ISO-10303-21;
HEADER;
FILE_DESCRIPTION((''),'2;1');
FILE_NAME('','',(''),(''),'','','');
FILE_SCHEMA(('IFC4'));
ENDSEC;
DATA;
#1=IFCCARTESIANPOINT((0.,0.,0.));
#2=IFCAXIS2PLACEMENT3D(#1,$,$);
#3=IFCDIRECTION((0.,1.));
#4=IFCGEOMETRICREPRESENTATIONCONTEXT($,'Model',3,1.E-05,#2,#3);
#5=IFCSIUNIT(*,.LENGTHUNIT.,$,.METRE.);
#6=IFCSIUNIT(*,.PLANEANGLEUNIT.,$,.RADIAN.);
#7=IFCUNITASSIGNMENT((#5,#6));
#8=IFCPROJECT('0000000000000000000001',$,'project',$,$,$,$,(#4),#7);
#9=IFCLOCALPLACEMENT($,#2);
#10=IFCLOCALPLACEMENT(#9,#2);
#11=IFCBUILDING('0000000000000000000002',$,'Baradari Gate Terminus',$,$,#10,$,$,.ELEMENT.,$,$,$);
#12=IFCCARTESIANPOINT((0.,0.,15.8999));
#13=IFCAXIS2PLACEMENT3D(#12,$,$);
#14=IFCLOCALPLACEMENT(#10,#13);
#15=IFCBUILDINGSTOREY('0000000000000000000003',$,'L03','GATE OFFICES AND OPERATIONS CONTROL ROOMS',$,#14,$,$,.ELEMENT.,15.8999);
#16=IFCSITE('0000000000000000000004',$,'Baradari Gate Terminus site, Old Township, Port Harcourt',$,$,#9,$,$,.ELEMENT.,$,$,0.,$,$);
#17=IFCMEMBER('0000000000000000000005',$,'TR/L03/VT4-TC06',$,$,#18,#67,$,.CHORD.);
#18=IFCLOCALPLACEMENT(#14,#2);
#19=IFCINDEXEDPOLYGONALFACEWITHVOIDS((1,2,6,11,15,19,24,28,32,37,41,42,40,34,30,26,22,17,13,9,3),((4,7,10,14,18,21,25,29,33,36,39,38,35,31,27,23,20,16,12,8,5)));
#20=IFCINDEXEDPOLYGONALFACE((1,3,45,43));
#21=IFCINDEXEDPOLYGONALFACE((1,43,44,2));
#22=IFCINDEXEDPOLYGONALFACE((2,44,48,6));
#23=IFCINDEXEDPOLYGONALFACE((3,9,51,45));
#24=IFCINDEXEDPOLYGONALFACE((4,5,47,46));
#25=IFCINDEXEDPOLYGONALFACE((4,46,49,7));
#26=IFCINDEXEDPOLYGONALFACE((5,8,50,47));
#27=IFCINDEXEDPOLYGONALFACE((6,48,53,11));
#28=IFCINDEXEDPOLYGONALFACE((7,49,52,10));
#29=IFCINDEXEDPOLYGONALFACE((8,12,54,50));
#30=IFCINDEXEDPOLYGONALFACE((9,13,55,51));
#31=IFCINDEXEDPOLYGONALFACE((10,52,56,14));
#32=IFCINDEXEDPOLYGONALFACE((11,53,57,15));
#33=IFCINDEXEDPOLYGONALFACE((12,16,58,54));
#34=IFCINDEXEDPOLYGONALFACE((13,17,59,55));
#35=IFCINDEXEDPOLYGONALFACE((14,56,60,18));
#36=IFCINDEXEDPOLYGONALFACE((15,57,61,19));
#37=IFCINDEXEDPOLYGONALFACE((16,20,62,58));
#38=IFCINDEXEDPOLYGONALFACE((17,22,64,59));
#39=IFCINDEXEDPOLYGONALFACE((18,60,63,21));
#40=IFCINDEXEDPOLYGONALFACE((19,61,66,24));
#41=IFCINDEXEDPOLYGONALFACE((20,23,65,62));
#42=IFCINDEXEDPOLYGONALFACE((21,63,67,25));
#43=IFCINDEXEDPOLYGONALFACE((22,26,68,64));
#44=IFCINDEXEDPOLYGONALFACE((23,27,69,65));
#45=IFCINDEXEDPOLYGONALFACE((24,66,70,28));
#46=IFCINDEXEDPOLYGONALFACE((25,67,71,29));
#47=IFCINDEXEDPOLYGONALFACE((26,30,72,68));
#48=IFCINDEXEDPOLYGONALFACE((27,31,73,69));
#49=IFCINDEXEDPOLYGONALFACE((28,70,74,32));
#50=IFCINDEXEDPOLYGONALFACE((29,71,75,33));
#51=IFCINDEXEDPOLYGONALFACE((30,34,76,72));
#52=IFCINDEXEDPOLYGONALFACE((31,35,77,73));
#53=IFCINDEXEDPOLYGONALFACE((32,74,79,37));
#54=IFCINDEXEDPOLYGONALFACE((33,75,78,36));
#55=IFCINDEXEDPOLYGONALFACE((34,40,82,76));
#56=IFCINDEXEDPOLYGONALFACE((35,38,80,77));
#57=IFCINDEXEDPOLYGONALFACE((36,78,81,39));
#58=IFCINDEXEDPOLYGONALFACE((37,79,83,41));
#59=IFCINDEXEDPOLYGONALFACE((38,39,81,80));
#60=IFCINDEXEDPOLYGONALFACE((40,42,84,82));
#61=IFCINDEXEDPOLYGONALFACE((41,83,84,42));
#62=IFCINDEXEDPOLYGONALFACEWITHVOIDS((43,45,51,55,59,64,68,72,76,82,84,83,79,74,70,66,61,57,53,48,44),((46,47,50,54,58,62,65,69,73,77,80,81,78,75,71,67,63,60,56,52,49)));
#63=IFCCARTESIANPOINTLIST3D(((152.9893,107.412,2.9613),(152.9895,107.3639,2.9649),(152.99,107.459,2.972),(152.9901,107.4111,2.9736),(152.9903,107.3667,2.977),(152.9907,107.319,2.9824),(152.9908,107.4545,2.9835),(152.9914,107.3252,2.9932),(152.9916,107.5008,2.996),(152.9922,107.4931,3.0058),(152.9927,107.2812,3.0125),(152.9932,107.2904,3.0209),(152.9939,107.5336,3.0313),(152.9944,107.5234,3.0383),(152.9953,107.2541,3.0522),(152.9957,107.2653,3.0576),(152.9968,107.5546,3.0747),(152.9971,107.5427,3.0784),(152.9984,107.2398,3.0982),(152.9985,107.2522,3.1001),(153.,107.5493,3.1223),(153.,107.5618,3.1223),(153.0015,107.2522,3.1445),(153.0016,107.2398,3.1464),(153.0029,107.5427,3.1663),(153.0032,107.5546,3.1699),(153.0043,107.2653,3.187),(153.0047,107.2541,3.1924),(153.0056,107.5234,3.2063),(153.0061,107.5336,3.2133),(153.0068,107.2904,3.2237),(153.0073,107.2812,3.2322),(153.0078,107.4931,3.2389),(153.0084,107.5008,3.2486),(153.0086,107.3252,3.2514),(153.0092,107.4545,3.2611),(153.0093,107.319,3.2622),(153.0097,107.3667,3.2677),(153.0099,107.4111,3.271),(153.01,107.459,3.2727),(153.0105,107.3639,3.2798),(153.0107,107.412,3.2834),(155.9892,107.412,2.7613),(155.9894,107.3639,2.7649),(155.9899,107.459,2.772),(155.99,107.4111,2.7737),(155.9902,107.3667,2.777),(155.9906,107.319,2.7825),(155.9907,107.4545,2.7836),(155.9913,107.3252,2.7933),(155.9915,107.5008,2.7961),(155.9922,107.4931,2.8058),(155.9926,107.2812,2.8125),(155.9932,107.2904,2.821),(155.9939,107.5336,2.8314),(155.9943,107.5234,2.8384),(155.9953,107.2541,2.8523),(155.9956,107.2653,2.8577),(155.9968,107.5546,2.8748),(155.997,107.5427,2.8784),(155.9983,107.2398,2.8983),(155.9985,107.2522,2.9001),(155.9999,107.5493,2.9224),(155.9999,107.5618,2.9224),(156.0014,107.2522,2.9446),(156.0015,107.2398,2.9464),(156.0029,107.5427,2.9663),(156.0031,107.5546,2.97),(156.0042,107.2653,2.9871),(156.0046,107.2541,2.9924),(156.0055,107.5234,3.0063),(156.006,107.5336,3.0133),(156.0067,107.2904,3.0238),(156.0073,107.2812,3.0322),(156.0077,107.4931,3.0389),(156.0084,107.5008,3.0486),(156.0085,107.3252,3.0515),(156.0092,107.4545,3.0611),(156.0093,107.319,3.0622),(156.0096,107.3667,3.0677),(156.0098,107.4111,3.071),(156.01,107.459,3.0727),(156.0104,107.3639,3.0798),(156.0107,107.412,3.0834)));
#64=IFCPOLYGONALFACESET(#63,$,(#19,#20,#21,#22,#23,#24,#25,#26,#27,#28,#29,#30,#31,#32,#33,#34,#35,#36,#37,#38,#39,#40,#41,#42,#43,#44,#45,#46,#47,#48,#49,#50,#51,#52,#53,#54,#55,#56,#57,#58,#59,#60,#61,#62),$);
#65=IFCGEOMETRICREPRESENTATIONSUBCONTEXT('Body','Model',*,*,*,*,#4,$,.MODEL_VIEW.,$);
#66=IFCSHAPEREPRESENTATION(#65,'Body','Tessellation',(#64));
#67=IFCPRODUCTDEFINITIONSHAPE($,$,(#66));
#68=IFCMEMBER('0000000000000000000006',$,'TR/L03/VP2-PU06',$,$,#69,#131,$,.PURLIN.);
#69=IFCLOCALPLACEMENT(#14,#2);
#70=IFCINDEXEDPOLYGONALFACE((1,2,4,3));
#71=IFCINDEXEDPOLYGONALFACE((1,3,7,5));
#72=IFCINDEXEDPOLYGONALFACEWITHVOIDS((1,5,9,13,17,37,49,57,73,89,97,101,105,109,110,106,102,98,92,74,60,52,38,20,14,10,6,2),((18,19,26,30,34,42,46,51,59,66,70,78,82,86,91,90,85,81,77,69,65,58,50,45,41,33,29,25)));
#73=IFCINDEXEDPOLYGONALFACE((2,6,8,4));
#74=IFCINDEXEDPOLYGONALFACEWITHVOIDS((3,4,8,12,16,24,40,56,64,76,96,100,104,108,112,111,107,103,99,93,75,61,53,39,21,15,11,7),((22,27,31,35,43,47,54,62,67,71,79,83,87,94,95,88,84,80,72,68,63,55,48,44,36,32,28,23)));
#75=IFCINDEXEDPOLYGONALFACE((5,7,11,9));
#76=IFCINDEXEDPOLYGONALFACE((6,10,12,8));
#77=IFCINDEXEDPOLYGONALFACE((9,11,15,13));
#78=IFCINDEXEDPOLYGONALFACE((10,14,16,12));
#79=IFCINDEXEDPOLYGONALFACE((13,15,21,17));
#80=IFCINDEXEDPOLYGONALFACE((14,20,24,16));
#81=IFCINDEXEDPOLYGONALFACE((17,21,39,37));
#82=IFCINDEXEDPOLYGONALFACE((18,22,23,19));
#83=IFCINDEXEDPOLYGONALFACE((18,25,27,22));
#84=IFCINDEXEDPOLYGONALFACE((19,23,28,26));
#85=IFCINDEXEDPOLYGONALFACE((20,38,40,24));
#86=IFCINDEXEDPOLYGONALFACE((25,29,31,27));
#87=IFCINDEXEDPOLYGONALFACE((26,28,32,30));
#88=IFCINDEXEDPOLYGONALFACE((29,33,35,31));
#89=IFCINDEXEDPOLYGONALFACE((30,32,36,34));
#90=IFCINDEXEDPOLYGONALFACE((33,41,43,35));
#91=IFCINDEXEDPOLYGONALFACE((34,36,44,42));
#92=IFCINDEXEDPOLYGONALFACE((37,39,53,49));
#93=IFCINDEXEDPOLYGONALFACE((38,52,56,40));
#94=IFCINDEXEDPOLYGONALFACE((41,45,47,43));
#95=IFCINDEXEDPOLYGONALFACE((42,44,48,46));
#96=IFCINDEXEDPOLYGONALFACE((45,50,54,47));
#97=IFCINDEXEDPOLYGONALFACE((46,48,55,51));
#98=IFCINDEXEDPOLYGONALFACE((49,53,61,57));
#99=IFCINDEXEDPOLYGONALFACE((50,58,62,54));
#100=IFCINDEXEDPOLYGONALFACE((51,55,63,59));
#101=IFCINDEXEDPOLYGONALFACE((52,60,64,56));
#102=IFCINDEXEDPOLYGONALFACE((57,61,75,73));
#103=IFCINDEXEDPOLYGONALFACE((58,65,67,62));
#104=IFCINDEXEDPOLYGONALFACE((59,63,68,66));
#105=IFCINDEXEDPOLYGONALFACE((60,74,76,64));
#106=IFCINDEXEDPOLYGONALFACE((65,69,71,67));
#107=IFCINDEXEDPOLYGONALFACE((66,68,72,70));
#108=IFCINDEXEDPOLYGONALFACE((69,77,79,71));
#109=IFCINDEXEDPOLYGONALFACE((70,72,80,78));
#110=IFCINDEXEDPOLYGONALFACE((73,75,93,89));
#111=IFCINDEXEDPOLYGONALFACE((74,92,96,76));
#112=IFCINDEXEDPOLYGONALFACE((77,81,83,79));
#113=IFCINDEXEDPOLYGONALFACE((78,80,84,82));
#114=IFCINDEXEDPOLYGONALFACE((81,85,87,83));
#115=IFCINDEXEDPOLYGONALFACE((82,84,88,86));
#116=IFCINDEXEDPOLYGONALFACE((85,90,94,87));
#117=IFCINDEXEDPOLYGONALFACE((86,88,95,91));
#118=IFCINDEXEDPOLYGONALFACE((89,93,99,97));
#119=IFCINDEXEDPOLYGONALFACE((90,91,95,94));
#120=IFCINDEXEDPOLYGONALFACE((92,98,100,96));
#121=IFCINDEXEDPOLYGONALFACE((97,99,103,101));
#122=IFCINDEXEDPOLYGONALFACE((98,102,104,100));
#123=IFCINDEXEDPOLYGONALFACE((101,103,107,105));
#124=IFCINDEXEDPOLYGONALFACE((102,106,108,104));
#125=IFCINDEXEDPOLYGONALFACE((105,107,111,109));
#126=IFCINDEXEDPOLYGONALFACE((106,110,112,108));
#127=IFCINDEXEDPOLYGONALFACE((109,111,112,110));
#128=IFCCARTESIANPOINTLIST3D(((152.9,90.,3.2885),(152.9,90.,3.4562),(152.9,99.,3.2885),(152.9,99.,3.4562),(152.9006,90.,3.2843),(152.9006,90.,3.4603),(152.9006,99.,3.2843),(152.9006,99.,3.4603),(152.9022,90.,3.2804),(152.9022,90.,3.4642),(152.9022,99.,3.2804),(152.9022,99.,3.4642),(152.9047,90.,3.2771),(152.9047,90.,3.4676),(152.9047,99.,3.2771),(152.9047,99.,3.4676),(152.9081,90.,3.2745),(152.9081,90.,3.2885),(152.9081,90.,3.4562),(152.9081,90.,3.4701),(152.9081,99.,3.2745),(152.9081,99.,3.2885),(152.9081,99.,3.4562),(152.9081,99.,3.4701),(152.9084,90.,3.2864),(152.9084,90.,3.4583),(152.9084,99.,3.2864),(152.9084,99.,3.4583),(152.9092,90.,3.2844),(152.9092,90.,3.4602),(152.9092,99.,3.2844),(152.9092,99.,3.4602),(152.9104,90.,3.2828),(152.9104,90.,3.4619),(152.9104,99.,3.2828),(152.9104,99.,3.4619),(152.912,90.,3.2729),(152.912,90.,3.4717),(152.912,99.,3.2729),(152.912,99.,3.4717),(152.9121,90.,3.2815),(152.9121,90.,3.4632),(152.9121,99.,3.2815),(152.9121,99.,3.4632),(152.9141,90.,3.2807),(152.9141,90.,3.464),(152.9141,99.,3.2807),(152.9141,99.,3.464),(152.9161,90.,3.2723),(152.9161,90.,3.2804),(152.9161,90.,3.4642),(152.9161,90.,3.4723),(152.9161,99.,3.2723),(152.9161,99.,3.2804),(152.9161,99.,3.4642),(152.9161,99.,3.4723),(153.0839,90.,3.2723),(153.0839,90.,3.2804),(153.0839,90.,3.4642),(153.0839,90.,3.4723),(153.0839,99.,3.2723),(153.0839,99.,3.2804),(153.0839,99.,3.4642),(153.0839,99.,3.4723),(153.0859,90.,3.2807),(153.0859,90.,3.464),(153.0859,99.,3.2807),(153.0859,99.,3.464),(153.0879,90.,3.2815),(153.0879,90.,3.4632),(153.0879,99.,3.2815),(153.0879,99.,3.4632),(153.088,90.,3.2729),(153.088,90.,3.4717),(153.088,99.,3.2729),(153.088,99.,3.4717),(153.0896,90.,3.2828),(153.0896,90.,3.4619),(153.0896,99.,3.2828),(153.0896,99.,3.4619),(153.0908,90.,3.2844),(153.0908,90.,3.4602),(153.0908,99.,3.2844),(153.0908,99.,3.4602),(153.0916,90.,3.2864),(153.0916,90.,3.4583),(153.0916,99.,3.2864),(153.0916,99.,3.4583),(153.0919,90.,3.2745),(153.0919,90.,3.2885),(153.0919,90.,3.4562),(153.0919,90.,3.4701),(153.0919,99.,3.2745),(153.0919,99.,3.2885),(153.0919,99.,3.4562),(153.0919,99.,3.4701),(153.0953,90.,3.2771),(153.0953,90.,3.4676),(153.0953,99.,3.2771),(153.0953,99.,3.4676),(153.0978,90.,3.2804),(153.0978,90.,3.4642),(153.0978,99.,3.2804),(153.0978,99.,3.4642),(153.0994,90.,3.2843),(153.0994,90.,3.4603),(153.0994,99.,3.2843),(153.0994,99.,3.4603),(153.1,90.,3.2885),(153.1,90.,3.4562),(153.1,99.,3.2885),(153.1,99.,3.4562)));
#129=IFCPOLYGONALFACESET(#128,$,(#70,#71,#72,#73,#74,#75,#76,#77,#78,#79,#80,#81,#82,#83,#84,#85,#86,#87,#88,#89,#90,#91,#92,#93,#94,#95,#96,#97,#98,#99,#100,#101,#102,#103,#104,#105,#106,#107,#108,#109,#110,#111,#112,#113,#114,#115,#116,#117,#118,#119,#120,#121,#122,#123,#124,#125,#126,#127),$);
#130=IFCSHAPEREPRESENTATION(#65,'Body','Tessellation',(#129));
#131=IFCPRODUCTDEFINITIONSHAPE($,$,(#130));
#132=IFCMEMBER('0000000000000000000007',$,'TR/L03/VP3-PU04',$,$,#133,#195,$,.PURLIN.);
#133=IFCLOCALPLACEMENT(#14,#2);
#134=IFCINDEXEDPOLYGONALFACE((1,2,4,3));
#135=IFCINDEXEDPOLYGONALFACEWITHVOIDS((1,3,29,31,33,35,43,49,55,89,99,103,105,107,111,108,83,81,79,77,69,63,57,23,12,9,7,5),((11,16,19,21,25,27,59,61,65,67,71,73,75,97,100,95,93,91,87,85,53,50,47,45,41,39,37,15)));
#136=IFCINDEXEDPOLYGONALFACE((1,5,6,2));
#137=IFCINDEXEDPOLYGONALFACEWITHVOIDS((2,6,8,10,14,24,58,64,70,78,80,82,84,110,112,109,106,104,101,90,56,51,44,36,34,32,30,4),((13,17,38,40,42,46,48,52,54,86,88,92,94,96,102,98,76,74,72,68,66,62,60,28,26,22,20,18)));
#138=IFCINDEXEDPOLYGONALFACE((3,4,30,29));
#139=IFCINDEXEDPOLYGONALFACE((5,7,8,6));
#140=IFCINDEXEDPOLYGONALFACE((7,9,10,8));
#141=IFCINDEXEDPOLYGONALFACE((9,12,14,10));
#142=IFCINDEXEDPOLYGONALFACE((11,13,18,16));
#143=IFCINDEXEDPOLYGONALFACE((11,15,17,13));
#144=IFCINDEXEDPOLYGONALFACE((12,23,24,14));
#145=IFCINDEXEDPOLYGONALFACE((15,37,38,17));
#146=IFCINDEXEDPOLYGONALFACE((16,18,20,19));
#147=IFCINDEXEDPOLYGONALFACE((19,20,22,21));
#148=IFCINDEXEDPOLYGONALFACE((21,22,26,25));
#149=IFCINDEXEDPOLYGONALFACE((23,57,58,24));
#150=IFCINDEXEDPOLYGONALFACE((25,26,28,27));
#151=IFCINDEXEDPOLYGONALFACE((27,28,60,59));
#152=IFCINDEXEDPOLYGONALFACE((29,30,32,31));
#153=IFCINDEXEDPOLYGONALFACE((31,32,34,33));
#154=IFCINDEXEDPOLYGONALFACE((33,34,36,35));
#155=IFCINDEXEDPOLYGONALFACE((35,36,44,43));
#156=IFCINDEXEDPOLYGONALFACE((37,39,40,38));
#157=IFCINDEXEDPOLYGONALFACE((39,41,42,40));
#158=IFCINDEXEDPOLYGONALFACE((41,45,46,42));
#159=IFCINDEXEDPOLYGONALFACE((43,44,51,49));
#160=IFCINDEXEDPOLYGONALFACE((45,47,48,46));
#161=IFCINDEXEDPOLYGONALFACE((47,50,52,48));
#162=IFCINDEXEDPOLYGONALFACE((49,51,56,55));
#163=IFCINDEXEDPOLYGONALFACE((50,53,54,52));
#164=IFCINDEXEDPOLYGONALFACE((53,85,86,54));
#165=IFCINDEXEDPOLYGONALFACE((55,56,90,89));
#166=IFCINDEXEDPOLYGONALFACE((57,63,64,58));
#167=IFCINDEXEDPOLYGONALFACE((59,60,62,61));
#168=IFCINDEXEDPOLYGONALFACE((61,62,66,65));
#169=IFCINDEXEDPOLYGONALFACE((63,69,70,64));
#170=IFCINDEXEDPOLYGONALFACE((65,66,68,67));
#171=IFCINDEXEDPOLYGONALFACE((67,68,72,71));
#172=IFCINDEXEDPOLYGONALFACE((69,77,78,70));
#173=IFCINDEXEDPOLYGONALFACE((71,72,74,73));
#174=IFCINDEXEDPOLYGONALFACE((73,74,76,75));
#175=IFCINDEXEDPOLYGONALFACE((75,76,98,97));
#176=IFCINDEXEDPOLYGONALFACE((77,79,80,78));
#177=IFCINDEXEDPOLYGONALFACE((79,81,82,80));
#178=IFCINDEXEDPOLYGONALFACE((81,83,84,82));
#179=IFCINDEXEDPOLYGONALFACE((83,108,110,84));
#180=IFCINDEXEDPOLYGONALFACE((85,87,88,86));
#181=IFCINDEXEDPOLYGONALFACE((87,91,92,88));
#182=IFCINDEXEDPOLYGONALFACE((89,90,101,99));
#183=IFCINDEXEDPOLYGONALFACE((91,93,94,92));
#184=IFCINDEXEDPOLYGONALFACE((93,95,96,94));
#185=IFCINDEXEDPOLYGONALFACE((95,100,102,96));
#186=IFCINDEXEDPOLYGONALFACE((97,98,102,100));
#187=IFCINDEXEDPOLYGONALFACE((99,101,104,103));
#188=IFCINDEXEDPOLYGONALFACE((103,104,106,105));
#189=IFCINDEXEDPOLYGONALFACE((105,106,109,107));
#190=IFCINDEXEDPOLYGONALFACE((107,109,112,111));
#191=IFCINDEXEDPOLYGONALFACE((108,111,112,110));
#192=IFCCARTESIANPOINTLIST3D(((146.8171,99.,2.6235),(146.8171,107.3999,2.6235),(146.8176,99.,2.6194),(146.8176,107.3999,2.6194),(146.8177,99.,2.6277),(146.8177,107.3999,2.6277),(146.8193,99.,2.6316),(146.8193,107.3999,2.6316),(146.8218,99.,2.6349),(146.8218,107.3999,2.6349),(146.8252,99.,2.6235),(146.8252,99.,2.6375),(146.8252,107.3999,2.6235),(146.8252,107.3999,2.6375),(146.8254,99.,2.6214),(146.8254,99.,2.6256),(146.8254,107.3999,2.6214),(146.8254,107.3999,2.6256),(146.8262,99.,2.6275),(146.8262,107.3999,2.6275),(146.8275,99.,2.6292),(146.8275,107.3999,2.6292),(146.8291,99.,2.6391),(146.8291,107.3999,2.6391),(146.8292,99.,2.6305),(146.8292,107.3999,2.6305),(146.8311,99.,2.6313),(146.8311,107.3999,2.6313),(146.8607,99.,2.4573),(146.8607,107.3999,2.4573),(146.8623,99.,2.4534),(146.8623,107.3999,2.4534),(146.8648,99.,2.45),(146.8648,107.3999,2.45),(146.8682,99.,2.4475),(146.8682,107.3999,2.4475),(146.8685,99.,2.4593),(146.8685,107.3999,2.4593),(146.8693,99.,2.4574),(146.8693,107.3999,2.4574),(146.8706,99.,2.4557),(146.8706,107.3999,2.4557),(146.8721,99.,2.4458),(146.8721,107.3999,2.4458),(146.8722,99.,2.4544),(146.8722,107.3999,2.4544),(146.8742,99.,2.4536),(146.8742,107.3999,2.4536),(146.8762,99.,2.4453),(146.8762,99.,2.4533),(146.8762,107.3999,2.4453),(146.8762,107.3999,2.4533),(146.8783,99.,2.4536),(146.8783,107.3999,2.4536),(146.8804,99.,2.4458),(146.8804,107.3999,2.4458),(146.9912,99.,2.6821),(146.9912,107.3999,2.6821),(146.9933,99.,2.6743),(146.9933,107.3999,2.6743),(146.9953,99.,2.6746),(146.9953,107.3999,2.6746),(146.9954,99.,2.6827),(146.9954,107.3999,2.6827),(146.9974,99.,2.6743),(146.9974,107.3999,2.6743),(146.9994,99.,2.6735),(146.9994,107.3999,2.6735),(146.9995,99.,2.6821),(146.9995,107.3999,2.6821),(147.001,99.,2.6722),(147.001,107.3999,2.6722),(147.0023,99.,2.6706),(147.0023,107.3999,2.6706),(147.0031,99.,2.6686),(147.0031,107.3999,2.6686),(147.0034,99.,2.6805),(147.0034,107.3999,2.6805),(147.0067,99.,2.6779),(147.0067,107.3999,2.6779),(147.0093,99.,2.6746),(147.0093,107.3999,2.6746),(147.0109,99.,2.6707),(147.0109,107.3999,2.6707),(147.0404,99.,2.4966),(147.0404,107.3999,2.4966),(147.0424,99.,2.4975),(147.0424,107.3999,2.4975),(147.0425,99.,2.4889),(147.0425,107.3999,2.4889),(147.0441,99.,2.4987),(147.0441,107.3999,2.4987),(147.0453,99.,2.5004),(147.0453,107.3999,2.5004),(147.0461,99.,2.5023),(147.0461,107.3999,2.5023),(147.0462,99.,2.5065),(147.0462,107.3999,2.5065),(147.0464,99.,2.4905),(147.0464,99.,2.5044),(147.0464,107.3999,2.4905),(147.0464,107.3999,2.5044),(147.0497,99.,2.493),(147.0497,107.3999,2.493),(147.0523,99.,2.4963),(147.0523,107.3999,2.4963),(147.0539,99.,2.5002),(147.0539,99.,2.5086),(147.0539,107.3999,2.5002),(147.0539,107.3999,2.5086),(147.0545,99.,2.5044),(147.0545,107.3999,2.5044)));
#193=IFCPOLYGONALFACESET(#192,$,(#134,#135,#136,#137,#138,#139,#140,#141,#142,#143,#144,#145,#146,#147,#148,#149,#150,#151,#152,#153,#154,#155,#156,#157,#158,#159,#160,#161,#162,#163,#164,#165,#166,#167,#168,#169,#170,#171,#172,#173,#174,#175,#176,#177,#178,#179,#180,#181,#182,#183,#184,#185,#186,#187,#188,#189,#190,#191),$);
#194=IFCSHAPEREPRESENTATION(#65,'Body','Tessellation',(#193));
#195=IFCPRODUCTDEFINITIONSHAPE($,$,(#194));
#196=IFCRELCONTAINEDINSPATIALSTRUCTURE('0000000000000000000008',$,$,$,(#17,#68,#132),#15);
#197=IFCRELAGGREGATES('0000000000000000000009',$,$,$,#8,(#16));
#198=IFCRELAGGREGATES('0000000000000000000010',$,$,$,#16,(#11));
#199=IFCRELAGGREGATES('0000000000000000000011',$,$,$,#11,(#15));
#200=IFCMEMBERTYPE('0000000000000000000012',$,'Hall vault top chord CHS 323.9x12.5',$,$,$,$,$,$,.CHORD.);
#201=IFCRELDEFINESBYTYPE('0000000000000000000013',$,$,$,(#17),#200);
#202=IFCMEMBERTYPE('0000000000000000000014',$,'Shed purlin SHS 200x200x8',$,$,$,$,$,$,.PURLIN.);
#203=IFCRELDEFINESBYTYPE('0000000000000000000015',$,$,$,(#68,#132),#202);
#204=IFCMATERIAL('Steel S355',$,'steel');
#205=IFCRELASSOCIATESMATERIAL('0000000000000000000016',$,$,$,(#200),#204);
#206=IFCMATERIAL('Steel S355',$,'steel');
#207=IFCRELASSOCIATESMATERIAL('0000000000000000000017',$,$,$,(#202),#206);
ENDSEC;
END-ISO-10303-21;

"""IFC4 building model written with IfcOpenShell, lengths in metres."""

from ifc_helpers import new_model, si_unit, direction, frame, origin, origin_2d, place, context, subcontext, project, spatial, hollow_rectangle, hollow_circle, extrude, material, material_profile, profile_set, type_object, element, save


model = new_model("IFC4")

# Units and contexts
model_context = context("Model", 3, precision=1e-05, world=origin(), true_north=direction((0.0, 1.0)))
body_context = subcontext(model_context, "Body", "Model", "MODEL_VIEW")
ifc_project = project(units=[si_unit("LENGTHUNIT", "METRE"), si_unit("PLANEANGLEUNIT", "RADIAN")], contexts=[model_context])

# Site, building, storey
site_placement = place(None, origin())
site = spatial("IfcSite", under=ifc_project, at=site_placement, Name="Baradari Gate Terminus site, Old Township, Port Harcourt", CompositionType="ELEMENT", RefElevation=0.0)
building_placement = place(site_placement, origin())
building = spatial("IfcBuilding", under=site, at=building_placement, Name="Baradari Gate Terminus", CompositionType="ELEMENT")
storey_placement = place(building_placement, frame((0.0, 0.0, 15.8999)))
storey = spatial("IfcBuildingStorey", under=building, at=storey_placement, Name="L03", Description="GATE OFFICES AND OPERATIONS CONTROL ROOMS", CompositionType="ELEMENT", Elevation=15.8999)

# Members
ifc_material_1 = material(Name="Steel S355", Category="steel")
ifc_material_profile_1 = material_profile(ifc_material_1, hollow_circle(Radius=0.1619, WallThickness=0.0125, at=origin_2d()), Name="CHS 323.9x12.5")
ifc_profile_set_1 = profile_set([ifc_material_profile_1], Name="Steel S355")
member_type_1 = type_object("IfcMemberType", Name="Hall vault top chord CHS 323.9x12.5", PredefinedType="CHORD", material=ifc_profile_set_1)
for number, where, z_axis, x_axis, name in (
    (1, (153.0, 107.3999, 3.1223), (0.997786, 0.0, -0.066503), (0.0, 1.0, 0.0), "TR/L03/VT4-TC06"),
):
    element("IfcMember", number, at=place(storey_placement, frame(where, z_axis=z_axis, x_axis=x_axis)), inside=storey, type_object=member_type_1, Name=name, PredefinedType="CHORD", context=body_context, shape_type="SweptSolid", body=[
        extrude(hollow_circle(Radius=0.1619, WallThickness=0.0125, at=origin_2d()), origin(), (0.0, 0.0, 1.0), 3.0066),
    ])
ifc_material_2 = material(Name="Steel S355", Category="steel")
ifc_material_profile_2 = material_profile(ifc_material_2, hollow_rectangle(XDim=0.2, YDim=0.2, WallThickness=0.0081, InnerFilletRadius=0.0081, OuterFilletRadius=0.0161, at=origin_2d()), Name="SHS 200x200x8")
ifc_profile_set_2 = profile_set([ifc_material_profile_2], Name="Steel S355")
member_type_2 = type_object("IfcMemberType", Name="Shed purlin SHS 200x200x8", PredefinedType="PURLIN", material=ifc_profile_set_2)
member_1_placement = place(storey_placement, frame((153.0, 90.0, 3.3723), z_axis=(0.0, 1.0, 0.0), x_axis=(-1.0, 0.0, 0.0)))
element("IfcMember", 2, at=member_1_placement, inside=storey, type_object=member_type_2, Name="TR/L03/VP2-PU06", PredefinedType="PURLIN", context=body_context, shape_type="SweptSolid", body=[
    extrude(hollow_rectangle(XDim=0.2, YDim=0.2, WallThickness=0.0081, InnerFilletRadius=0.0081, OuterFilletRadius=0.0161, at=origin_2d()), origin(), (0.0, 0.0, 1.0), 9.0),
])
for number, where, z_axis, x_axis, name in (
    (3, (146.9358, 99.0, 2.564), (0.0, 1.0, 0.0), (-0.9665, 0.0, -0.256668), "TR/L03/VP3-PU04"),
):
    element("IfcMember", number, at=place(storey_placement, frame(where, z_axis=z_axis, x_axis=x_axis)), inside=storey, type_object=member_type_2, Name=name, PredefinedType="PURLIN", context=body_context, shape_type="SweptSolid", body=[
        extrude(hollow_rectangle(XDim=0.2, YDim=0.2, WallThickness=0.0081, InnerFilletRadius=0.0081, OuterFilletRadius=0.0161, at=origin_2d()), origin(), (0.0, 0.0, 1.0), 8.3999),
    ])

save(model, "model.ifc")
